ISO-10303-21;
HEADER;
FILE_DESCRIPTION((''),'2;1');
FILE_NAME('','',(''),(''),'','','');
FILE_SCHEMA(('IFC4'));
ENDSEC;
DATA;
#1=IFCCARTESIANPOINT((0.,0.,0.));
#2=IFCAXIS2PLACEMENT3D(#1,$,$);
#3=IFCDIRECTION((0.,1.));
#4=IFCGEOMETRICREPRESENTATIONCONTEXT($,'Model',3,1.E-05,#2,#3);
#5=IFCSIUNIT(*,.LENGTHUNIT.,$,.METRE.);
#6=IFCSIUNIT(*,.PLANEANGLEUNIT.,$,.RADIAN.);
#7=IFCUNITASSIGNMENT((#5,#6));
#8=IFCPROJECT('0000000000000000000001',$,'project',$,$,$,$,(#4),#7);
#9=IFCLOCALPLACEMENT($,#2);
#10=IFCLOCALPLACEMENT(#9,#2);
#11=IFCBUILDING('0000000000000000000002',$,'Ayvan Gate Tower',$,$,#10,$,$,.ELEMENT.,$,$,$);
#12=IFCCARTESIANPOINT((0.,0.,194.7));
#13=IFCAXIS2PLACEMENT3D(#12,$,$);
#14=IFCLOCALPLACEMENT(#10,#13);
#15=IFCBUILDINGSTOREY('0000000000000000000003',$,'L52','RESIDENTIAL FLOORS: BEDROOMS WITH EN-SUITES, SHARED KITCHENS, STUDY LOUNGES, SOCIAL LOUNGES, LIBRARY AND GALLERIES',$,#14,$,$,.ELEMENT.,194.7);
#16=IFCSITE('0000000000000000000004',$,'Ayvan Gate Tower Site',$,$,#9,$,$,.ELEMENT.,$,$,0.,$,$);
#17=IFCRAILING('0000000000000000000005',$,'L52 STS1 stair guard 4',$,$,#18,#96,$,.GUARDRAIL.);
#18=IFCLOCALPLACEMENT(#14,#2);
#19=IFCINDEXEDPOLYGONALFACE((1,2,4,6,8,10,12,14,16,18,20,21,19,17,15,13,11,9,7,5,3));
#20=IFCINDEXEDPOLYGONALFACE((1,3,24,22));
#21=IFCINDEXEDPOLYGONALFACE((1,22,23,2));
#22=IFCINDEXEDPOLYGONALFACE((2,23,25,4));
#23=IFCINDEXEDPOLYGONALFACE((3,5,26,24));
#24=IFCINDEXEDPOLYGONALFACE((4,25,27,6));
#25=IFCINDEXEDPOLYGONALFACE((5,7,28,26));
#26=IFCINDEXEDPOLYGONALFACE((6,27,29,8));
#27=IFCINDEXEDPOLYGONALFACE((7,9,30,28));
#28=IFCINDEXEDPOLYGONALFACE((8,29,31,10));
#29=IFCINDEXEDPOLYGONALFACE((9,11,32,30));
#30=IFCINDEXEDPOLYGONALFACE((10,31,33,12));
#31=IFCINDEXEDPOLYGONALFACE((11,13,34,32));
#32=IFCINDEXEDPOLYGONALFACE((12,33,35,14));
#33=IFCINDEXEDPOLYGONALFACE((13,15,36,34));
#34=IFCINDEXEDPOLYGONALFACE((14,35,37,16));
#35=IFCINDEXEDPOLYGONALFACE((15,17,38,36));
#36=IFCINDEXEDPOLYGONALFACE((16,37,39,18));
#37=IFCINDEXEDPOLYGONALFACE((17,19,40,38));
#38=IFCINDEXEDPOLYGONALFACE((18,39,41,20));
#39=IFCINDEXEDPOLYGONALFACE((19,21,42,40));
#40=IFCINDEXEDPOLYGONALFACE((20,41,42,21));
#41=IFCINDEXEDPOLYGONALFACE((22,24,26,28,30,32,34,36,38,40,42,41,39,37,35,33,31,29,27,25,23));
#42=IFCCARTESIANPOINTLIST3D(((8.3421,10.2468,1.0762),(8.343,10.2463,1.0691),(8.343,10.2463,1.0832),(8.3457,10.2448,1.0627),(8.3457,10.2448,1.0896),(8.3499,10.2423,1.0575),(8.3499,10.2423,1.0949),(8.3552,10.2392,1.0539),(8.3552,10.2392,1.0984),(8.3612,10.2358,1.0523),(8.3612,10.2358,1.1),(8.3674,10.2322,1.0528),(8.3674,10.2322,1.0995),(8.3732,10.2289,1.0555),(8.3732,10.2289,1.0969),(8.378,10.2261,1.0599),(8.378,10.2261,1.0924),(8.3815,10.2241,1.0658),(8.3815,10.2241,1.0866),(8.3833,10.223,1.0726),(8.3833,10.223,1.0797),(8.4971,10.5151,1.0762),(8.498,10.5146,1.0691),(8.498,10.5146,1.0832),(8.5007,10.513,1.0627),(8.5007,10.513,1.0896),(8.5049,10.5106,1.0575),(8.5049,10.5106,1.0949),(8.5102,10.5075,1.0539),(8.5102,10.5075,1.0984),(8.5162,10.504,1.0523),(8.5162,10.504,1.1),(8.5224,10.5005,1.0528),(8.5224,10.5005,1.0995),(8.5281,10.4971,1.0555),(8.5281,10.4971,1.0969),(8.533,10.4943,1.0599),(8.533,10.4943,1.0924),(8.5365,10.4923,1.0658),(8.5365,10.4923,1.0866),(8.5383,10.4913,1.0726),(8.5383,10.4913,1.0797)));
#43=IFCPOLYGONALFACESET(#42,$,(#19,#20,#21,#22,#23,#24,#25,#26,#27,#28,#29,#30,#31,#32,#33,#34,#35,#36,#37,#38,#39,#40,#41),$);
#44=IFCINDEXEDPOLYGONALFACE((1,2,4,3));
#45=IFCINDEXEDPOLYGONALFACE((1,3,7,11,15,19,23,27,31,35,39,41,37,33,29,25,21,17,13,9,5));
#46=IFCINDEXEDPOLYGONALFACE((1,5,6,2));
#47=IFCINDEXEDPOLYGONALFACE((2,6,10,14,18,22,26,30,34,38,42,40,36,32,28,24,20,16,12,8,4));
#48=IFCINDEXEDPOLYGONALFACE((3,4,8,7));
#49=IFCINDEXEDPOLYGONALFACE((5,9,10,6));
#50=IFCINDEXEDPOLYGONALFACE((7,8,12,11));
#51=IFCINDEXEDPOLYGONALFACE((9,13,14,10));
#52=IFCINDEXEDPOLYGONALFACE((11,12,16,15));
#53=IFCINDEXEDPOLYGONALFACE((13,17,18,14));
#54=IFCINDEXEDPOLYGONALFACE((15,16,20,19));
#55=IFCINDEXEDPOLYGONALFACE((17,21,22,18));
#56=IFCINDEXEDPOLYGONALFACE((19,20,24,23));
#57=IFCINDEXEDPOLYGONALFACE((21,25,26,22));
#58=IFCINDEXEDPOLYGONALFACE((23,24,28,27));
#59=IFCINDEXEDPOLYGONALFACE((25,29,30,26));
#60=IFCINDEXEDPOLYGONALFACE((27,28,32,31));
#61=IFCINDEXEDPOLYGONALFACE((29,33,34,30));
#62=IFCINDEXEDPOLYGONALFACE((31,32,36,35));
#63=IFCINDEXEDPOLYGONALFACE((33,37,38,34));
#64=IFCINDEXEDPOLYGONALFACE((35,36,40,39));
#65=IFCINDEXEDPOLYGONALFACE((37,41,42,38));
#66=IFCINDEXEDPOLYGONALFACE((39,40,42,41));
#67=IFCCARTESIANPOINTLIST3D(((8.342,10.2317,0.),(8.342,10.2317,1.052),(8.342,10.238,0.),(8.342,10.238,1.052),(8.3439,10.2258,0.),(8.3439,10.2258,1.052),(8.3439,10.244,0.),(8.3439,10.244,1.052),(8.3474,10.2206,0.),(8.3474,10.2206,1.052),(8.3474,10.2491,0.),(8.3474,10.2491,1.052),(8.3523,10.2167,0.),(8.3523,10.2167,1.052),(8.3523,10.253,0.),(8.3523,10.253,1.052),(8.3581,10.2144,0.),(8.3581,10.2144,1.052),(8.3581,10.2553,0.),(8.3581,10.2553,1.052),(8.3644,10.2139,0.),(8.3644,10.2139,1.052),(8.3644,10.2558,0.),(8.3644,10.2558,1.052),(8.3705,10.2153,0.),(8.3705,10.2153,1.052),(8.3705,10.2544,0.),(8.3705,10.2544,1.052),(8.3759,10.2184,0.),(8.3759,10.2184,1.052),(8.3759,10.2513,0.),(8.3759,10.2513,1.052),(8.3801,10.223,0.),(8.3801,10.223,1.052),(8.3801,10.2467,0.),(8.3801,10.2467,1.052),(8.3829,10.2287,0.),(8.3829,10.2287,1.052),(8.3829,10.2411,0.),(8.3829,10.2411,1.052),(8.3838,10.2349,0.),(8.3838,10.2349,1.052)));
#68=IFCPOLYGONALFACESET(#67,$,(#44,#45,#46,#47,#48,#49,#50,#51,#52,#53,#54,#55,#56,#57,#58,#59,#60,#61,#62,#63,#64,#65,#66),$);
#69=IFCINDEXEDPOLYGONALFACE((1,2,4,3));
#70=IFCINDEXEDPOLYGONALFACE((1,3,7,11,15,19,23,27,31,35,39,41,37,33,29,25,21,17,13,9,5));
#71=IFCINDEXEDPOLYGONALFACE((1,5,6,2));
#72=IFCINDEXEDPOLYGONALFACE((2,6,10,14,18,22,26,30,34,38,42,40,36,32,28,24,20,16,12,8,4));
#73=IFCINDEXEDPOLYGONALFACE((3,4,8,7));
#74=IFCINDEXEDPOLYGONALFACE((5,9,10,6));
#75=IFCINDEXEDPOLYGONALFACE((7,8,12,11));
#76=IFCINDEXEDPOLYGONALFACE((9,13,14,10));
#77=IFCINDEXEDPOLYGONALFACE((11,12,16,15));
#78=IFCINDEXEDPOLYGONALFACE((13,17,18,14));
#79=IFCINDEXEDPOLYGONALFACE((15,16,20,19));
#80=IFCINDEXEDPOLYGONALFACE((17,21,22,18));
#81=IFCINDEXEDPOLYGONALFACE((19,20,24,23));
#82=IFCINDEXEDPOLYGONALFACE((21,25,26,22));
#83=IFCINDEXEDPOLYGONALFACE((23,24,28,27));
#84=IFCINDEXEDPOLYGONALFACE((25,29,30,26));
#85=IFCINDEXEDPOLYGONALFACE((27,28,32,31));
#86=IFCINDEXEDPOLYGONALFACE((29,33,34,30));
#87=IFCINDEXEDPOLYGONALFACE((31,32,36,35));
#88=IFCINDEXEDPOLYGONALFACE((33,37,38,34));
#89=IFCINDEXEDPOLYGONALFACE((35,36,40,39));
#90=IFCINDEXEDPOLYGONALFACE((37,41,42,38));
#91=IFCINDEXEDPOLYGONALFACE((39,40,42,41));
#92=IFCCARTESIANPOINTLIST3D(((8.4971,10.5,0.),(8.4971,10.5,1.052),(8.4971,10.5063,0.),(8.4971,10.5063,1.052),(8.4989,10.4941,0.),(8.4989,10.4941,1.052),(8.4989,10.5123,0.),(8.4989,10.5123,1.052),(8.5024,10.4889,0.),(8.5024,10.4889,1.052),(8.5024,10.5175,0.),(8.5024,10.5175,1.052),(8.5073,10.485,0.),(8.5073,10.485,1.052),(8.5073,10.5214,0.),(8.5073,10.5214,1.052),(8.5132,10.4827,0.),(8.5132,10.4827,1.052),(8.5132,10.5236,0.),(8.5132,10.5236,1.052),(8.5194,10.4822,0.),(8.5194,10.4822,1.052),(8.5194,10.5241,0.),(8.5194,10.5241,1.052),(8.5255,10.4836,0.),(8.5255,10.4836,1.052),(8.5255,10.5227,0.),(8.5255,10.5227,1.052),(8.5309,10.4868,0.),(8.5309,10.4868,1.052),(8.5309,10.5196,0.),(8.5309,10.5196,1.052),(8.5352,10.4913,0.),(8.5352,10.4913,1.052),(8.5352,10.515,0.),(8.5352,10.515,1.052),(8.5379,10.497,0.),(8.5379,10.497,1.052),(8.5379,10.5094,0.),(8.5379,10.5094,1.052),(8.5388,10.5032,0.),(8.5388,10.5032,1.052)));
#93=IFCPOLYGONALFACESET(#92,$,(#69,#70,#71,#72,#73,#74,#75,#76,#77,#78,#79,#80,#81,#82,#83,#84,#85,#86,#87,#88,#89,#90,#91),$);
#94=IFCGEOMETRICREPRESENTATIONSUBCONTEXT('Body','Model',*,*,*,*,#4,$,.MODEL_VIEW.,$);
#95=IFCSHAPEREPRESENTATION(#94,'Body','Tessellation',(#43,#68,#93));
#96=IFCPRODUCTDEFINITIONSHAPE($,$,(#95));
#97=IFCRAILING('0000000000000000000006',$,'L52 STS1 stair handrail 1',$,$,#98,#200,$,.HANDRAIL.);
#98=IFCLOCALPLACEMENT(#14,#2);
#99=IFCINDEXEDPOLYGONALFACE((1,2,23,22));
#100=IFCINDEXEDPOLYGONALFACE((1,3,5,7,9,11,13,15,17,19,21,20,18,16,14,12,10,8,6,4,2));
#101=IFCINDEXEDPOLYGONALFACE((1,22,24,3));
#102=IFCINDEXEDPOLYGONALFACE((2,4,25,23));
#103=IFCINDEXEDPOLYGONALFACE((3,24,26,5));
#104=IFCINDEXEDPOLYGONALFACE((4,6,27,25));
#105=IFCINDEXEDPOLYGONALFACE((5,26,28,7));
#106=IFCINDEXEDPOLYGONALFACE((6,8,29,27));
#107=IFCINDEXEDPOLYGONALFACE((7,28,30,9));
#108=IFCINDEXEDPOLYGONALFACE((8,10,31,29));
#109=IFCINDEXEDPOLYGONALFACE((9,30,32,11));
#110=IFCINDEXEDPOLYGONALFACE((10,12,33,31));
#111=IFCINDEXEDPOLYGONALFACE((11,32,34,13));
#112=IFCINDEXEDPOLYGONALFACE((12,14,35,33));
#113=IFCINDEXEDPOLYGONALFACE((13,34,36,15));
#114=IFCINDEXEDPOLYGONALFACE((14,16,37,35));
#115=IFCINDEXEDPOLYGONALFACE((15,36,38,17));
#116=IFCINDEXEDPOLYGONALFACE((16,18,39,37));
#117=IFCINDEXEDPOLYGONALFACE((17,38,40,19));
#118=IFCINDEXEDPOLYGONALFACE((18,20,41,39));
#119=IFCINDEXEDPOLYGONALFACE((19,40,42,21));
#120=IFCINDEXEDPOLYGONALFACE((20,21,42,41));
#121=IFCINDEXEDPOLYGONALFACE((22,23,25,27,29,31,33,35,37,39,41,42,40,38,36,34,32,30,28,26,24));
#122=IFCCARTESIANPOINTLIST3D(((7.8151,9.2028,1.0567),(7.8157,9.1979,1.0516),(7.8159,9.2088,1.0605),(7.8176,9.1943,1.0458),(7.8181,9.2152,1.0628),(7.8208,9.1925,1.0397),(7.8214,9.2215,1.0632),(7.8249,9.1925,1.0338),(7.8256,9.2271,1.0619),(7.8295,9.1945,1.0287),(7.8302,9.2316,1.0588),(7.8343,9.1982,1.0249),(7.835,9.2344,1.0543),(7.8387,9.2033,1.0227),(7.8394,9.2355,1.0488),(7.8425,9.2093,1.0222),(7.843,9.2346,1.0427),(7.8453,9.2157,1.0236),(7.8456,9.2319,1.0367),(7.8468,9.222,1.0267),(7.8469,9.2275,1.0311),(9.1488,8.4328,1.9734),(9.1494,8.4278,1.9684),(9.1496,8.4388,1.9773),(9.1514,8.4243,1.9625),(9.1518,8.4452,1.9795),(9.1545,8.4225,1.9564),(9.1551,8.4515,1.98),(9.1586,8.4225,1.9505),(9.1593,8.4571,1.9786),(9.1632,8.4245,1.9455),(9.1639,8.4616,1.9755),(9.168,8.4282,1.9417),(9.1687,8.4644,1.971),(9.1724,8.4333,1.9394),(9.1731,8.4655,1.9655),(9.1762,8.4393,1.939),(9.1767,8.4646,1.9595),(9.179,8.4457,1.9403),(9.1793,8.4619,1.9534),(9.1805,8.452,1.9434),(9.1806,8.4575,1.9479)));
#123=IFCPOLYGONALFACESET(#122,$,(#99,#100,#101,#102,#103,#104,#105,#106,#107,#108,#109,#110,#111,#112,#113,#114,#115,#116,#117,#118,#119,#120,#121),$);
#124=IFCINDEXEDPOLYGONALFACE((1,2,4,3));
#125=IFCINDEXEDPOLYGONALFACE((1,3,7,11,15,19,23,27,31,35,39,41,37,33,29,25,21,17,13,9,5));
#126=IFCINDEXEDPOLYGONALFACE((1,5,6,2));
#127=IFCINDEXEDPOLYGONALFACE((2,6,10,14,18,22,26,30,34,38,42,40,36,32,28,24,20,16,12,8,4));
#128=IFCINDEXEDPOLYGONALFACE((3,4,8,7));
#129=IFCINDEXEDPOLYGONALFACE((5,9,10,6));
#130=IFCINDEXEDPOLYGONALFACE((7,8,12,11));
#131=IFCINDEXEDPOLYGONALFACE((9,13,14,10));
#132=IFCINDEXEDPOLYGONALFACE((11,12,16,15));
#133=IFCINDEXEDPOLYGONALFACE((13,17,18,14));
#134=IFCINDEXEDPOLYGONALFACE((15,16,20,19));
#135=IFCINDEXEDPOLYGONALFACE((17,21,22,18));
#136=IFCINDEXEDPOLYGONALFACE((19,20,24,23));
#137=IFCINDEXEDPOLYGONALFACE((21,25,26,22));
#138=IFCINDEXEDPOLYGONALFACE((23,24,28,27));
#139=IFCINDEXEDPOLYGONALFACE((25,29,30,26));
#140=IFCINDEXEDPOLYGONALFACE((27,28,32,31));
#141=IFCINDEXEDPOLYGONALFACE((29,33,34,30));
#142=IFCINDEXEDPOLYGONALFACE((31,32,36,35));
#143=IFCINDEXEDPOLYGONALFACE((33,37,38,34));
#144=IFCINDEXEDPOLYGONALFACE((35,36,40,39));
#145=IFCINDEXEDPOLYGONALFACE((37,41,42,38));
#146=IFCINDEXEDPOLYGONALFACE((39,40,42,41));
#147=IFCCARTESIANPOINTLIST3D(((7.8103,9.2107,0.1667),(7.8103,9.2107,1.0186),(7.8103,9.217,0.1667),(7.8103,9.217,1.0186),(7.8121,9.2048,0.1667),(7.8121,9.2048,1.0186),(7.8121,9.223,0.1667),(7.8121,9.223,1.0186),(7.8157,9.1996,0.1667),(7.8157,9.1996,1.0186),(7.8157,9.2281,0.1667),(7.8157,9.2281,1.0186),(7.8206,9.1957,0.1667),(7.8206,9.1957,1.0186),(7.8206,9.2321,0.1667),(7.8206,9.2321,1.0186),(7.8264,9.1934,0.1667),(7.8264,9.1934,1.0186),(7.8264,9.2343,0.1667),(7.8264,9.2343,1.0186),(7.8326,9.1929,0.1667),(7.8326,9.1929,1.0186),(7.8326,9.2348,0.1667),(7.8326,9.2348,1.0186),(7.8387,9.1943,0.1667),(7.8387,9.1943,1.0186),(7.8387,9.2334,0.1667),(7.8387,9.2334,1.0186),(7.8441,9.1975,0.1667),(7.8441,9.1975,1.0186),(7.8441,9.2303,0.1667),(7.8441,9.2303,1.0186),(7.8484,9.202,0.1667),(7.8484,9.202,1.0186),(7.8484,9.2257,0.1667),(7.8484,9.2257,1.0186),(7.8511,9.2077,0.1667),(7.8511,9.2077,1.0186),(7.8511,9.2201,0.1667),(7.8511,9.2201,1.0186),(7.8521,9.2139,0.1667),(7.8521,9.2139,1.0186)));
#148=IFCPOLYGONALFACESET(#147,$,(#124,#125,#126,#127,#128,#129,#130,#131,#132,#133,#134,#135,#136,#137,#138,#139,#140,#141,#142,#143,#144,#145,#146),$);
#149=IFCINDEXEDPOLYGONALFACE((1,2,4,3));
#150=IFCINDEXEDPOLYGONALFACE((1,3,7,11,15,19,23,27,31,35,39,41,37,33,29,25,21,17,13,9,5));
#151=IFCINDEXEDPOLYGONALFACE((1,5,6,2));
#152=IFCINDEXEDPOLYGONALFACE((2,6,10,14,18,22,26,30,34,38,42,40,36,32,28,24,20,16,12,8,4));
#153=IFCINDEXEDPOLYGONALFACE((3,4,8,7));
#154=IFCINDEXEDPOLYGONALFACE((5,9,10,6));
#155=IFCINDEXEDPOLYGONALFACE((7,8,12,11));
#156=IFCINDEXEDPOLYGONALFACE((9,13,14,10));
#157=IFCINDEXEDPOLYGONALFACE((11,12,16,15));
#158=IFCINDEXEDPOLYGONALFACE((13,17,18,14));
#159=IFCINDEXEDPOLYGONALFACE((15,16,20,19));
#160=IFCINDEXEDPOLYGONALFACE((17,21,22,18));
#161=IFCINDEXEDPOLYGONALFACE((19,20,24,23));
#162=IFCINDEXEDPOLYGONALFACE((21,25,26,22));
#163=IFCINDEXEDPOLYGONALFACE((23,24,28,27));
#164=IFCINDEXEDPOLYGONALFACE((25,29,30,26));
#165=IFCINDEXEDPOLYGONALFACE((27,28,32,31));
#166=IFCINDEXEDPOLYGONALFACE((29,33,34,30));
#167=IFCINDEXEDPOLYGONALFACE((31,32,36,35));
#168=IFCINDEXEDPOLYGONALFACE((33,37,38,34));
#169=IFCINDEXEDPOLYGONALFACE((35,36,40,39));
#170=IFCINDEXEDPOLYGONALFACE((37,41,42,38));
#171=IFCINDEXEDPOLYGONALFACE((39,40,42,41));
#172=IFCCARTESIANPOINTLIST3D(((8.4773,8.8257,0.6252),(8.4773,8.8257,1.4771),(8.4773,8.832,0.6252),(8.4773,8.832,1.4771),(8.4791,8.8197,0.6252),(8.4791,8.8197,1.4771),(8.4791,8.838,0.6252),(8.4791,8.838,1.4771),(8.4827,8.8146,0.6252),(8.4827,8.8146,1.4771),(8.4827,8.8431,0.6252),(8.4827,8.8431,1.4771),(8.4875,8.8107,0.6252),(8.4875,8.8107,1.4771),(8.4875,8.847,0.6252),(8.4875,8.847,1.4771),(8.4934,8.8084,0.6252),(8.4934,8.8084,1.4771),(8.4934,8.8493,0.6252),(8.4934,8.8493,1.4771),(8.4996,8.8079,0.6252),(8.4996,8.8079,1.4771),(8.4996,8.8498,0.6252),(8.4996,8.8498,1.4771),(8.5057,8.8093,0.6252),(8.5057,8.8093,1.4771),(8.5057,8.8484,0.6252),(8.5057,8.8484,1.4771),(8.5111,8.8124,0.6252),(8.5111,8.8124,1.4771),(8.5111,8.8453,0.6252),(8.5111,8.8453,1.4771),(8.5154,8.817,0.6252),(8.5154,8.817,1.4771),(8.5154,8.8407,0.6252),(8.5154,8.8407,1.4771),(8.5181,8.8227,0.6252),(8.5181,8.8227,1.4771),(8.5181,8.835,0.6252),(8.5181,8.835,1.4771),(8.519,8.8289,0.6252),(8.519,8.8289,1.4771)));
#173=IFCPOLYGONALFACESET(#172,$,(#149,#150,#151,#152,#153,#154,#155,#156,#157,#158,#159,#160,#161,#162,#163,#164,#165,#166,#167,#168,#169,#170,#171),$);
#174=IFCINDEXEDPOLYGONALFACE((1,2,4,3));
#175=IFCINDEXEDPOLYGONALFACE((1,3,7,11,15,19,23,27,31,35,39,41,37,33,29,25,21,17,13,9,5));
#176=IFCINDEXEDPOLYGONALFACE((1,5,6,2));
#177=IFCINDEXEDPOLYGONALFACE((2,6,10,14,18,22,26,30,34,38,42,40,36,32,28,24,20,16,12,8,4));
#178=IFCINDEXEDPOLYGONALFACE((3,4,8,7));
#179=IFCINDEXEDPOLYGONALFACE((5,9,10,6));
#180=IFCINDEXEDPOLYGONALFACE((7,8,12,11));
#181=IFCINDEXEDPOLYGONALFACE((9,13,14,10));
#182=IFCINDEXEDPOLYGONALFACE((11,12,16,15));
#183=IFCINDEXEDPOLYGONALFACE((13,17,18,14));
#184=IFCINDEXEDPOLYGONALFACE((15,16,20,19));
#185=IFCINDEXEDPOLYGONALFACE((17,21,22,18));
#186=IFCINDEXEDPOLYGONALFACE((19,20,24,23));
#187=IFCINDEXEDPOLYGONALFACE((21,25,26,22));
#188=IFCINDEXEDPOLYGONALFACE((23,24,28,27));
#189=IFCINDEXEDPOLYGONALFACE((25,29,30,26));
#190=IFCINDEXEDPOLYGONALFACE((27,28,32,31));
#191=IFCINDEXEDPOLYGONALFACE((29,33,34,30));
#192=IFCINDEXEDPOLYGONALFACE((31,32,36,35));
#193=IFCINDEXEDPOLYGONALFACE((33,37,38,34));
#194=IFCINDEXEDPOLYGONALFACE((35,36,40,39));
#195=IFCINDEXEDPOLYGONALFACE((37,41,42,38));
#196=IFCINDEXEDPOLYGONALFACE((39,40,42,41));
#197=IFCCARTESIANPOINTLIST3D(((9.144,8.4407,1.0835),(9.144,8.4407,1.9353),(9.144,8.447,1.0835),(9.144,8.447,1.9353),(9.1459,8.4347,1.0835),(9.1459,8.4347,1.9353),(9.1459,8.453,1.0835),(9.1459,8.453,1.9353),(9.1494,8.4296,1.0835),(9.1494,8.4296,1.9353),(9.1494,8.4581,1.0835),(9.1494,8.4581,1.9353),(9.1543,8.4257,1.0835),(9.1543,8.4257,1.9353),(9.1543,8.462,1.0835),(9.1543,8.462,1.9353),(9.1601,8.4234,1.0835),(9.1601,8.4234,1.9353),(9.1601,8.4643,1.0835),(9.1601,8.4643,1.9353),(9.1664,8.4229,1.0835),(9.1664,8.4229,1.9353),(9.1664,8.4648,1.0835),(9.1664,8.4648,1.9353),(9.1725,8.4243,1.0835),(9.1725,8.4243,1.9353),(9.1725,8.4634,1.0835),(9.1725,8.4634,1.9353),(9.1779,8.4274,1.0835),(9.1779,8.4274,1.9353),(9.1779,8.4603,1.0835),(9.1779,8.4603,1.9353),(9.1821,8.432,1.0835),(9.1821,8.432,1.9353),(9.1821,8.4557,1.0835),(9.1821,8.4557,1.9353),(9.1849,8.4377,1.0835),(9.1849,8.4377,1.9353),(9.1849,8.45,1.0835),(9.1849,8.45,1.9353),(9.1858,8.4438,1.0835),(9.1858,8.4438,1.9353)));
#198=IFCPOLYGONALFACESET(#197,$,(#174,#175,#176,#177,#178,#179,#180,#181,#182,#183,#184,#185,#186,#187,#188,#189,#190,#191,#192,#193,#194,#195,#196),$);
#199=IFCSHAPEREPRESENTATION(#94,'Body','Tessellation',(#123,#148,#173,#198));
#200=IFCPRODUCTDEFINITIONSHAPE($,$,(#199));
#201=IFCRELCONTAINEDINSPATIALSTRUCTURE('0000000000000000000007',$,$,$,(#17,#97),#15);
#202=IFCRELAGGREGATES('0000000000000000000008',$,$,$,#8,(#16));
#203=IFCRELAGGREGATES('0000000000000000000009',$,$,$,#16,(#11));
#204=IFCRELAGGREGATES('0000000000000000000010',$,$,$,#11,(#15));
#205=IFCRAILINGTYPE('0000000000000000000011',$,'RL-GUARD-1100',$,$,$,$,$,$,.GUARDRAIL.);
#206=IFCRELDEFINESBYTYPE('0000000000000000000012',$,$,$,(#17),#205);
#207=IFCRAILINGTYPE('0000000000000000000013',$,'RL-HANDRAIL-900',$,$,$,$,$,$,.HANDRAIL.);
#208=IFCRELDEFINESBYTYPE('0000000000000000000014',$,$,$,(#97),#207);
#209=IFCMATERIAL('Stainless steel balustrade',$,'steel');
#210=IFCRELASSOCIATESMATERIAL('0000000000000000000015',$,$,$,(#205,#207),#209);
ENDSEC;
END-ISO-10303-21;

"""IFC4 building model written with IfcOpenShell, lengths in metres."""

from ifc_helpers import new_model, si_unit, direction, frame, origin, origin_2d, place, context, subcontext, project, spatial, circle, extrude, material, type_object, element, save


model = new_model("IFC4")

# Units and contexts
model_context = context("Model", 3, precision=1e-05, world=origin(), true_north=direction((0.0, 1.0)))
body_context = subcontext(model_context, "Body", "Model", "MODEL_VIEW")
ifc_project = project(units=[si_unit("LENGTHUNIT", "METRE"), si_unit("PLANEANGLEUNIT", "RADIAN")], contexts=[model_context])

# Site, building, storey
site_placement = place(None, origin())
site = spatial("IfcSite", under=ifc_project, at=site_placement, Name="Ayvan Gate Tower Site", CompositionType="ELEMENT", RefElevation=0.0)
building_placement = place(site_placement, origin())
building = spatial("IfcBuilding", under=site, at=building_placement, Name="Ayvan Gate Tower", CompositionType="ELEMENT")
storey_placement = place(building_placement, frame((0.0, 0.0, 194.7)))
storey = spatial("IfcBuildingStorey", under=building, at=storey_placement, Name="L52", Description="RESIDENTIAL FLOORS: BEDROOMS WITH EN-SUITES, SHARED KITCHENS, STUDY LOUNGES, SOCIAL LOUNGES, LIBRARY AND GALLERIES", CompositionType="ELEMENT", Elevation=194.7)

# Railings
ifc_material_1 = material(Name="Stainless steel balustrade", Category="steel")
railing_type_1 = type_object("IfcRailingType", Name="RL-GUARD-1100", PredefinedType="GUARDRAIL", material=ifc_material_1)
railing_1_placement = place(storey_placement, frame((8.3628, 10.2349, 0.0)))
element("IfcRailing", 1, at=railing_1_placement, inside=storey, type_object=railing_type_1, Name="L52 STS1 stair guard 4", PredefinedType="GUARDRAIL", context=body_context, shape_type="SweptSolid", body=[
    extrude(circle(Radius=0.0239, at=origin_2d()), frame((0.0, 0.0, 1.0762), z_axis=(0.500291, 0.865857, 0.0), x_axis=(-0.865857, 0.500291, 0.0)), (0.0, 0.0, 1.0), 0.3098),
    extrude(circle(Radius=0.021, at=origin_2d()), origin(), (0.0, 0.0, 1.0), 1.052),
    extrude(circle(Radius=0.021, at=origin_2d()), frame((0.155, 0.2683, 0.0)), (0.0, 0.0, 1.0), 1.052),
])
railing_type_2 = type_object("IfcRailingType", Name="RL-HANDRAIL-900", PredefinedType="HANDRAIL", material=ifc_material_1)
railing_2_placement = place(storey_placement, frame((7.8311, 9.2139, 0.1667)))
element("IfcRailing", 2, at=railing_2_placement, inside=storey, type_object=railing_type_2, Name="L52 STS1 stair handrail 1", PredefinedType="HANDRAIL", context=body_context, shape_type="SweptSolid", body=[
    extrude(circle(Radius=0.0239, at=origin_2d()), frame((0.0, 0.0, 0.876), z_axis=(0.744164, -0.429634, 0.511502), x_axis=(0.499992, 0.86603, 0.0)), (0.0, 0.0, 1.0), 1.7922),
    extrude(circle(Radius=0.021, at=origin_2d()), origin(), (0.0, 0.0, 1.0), 0.8518),
    extrude(circle(Radius=0.021, at=origin_2d()), frame((0.667, -0.385, 0.4585)), (0.0, 0.0, 1.0), 0.8518),
    extrude(circle(Radius=0.021, at=origin_2d()), frame((1.3337, -0.77, 0.9167)), (0.0, 0.0, 1.0), 0.8518),
])

save(model, "model.ifc")
